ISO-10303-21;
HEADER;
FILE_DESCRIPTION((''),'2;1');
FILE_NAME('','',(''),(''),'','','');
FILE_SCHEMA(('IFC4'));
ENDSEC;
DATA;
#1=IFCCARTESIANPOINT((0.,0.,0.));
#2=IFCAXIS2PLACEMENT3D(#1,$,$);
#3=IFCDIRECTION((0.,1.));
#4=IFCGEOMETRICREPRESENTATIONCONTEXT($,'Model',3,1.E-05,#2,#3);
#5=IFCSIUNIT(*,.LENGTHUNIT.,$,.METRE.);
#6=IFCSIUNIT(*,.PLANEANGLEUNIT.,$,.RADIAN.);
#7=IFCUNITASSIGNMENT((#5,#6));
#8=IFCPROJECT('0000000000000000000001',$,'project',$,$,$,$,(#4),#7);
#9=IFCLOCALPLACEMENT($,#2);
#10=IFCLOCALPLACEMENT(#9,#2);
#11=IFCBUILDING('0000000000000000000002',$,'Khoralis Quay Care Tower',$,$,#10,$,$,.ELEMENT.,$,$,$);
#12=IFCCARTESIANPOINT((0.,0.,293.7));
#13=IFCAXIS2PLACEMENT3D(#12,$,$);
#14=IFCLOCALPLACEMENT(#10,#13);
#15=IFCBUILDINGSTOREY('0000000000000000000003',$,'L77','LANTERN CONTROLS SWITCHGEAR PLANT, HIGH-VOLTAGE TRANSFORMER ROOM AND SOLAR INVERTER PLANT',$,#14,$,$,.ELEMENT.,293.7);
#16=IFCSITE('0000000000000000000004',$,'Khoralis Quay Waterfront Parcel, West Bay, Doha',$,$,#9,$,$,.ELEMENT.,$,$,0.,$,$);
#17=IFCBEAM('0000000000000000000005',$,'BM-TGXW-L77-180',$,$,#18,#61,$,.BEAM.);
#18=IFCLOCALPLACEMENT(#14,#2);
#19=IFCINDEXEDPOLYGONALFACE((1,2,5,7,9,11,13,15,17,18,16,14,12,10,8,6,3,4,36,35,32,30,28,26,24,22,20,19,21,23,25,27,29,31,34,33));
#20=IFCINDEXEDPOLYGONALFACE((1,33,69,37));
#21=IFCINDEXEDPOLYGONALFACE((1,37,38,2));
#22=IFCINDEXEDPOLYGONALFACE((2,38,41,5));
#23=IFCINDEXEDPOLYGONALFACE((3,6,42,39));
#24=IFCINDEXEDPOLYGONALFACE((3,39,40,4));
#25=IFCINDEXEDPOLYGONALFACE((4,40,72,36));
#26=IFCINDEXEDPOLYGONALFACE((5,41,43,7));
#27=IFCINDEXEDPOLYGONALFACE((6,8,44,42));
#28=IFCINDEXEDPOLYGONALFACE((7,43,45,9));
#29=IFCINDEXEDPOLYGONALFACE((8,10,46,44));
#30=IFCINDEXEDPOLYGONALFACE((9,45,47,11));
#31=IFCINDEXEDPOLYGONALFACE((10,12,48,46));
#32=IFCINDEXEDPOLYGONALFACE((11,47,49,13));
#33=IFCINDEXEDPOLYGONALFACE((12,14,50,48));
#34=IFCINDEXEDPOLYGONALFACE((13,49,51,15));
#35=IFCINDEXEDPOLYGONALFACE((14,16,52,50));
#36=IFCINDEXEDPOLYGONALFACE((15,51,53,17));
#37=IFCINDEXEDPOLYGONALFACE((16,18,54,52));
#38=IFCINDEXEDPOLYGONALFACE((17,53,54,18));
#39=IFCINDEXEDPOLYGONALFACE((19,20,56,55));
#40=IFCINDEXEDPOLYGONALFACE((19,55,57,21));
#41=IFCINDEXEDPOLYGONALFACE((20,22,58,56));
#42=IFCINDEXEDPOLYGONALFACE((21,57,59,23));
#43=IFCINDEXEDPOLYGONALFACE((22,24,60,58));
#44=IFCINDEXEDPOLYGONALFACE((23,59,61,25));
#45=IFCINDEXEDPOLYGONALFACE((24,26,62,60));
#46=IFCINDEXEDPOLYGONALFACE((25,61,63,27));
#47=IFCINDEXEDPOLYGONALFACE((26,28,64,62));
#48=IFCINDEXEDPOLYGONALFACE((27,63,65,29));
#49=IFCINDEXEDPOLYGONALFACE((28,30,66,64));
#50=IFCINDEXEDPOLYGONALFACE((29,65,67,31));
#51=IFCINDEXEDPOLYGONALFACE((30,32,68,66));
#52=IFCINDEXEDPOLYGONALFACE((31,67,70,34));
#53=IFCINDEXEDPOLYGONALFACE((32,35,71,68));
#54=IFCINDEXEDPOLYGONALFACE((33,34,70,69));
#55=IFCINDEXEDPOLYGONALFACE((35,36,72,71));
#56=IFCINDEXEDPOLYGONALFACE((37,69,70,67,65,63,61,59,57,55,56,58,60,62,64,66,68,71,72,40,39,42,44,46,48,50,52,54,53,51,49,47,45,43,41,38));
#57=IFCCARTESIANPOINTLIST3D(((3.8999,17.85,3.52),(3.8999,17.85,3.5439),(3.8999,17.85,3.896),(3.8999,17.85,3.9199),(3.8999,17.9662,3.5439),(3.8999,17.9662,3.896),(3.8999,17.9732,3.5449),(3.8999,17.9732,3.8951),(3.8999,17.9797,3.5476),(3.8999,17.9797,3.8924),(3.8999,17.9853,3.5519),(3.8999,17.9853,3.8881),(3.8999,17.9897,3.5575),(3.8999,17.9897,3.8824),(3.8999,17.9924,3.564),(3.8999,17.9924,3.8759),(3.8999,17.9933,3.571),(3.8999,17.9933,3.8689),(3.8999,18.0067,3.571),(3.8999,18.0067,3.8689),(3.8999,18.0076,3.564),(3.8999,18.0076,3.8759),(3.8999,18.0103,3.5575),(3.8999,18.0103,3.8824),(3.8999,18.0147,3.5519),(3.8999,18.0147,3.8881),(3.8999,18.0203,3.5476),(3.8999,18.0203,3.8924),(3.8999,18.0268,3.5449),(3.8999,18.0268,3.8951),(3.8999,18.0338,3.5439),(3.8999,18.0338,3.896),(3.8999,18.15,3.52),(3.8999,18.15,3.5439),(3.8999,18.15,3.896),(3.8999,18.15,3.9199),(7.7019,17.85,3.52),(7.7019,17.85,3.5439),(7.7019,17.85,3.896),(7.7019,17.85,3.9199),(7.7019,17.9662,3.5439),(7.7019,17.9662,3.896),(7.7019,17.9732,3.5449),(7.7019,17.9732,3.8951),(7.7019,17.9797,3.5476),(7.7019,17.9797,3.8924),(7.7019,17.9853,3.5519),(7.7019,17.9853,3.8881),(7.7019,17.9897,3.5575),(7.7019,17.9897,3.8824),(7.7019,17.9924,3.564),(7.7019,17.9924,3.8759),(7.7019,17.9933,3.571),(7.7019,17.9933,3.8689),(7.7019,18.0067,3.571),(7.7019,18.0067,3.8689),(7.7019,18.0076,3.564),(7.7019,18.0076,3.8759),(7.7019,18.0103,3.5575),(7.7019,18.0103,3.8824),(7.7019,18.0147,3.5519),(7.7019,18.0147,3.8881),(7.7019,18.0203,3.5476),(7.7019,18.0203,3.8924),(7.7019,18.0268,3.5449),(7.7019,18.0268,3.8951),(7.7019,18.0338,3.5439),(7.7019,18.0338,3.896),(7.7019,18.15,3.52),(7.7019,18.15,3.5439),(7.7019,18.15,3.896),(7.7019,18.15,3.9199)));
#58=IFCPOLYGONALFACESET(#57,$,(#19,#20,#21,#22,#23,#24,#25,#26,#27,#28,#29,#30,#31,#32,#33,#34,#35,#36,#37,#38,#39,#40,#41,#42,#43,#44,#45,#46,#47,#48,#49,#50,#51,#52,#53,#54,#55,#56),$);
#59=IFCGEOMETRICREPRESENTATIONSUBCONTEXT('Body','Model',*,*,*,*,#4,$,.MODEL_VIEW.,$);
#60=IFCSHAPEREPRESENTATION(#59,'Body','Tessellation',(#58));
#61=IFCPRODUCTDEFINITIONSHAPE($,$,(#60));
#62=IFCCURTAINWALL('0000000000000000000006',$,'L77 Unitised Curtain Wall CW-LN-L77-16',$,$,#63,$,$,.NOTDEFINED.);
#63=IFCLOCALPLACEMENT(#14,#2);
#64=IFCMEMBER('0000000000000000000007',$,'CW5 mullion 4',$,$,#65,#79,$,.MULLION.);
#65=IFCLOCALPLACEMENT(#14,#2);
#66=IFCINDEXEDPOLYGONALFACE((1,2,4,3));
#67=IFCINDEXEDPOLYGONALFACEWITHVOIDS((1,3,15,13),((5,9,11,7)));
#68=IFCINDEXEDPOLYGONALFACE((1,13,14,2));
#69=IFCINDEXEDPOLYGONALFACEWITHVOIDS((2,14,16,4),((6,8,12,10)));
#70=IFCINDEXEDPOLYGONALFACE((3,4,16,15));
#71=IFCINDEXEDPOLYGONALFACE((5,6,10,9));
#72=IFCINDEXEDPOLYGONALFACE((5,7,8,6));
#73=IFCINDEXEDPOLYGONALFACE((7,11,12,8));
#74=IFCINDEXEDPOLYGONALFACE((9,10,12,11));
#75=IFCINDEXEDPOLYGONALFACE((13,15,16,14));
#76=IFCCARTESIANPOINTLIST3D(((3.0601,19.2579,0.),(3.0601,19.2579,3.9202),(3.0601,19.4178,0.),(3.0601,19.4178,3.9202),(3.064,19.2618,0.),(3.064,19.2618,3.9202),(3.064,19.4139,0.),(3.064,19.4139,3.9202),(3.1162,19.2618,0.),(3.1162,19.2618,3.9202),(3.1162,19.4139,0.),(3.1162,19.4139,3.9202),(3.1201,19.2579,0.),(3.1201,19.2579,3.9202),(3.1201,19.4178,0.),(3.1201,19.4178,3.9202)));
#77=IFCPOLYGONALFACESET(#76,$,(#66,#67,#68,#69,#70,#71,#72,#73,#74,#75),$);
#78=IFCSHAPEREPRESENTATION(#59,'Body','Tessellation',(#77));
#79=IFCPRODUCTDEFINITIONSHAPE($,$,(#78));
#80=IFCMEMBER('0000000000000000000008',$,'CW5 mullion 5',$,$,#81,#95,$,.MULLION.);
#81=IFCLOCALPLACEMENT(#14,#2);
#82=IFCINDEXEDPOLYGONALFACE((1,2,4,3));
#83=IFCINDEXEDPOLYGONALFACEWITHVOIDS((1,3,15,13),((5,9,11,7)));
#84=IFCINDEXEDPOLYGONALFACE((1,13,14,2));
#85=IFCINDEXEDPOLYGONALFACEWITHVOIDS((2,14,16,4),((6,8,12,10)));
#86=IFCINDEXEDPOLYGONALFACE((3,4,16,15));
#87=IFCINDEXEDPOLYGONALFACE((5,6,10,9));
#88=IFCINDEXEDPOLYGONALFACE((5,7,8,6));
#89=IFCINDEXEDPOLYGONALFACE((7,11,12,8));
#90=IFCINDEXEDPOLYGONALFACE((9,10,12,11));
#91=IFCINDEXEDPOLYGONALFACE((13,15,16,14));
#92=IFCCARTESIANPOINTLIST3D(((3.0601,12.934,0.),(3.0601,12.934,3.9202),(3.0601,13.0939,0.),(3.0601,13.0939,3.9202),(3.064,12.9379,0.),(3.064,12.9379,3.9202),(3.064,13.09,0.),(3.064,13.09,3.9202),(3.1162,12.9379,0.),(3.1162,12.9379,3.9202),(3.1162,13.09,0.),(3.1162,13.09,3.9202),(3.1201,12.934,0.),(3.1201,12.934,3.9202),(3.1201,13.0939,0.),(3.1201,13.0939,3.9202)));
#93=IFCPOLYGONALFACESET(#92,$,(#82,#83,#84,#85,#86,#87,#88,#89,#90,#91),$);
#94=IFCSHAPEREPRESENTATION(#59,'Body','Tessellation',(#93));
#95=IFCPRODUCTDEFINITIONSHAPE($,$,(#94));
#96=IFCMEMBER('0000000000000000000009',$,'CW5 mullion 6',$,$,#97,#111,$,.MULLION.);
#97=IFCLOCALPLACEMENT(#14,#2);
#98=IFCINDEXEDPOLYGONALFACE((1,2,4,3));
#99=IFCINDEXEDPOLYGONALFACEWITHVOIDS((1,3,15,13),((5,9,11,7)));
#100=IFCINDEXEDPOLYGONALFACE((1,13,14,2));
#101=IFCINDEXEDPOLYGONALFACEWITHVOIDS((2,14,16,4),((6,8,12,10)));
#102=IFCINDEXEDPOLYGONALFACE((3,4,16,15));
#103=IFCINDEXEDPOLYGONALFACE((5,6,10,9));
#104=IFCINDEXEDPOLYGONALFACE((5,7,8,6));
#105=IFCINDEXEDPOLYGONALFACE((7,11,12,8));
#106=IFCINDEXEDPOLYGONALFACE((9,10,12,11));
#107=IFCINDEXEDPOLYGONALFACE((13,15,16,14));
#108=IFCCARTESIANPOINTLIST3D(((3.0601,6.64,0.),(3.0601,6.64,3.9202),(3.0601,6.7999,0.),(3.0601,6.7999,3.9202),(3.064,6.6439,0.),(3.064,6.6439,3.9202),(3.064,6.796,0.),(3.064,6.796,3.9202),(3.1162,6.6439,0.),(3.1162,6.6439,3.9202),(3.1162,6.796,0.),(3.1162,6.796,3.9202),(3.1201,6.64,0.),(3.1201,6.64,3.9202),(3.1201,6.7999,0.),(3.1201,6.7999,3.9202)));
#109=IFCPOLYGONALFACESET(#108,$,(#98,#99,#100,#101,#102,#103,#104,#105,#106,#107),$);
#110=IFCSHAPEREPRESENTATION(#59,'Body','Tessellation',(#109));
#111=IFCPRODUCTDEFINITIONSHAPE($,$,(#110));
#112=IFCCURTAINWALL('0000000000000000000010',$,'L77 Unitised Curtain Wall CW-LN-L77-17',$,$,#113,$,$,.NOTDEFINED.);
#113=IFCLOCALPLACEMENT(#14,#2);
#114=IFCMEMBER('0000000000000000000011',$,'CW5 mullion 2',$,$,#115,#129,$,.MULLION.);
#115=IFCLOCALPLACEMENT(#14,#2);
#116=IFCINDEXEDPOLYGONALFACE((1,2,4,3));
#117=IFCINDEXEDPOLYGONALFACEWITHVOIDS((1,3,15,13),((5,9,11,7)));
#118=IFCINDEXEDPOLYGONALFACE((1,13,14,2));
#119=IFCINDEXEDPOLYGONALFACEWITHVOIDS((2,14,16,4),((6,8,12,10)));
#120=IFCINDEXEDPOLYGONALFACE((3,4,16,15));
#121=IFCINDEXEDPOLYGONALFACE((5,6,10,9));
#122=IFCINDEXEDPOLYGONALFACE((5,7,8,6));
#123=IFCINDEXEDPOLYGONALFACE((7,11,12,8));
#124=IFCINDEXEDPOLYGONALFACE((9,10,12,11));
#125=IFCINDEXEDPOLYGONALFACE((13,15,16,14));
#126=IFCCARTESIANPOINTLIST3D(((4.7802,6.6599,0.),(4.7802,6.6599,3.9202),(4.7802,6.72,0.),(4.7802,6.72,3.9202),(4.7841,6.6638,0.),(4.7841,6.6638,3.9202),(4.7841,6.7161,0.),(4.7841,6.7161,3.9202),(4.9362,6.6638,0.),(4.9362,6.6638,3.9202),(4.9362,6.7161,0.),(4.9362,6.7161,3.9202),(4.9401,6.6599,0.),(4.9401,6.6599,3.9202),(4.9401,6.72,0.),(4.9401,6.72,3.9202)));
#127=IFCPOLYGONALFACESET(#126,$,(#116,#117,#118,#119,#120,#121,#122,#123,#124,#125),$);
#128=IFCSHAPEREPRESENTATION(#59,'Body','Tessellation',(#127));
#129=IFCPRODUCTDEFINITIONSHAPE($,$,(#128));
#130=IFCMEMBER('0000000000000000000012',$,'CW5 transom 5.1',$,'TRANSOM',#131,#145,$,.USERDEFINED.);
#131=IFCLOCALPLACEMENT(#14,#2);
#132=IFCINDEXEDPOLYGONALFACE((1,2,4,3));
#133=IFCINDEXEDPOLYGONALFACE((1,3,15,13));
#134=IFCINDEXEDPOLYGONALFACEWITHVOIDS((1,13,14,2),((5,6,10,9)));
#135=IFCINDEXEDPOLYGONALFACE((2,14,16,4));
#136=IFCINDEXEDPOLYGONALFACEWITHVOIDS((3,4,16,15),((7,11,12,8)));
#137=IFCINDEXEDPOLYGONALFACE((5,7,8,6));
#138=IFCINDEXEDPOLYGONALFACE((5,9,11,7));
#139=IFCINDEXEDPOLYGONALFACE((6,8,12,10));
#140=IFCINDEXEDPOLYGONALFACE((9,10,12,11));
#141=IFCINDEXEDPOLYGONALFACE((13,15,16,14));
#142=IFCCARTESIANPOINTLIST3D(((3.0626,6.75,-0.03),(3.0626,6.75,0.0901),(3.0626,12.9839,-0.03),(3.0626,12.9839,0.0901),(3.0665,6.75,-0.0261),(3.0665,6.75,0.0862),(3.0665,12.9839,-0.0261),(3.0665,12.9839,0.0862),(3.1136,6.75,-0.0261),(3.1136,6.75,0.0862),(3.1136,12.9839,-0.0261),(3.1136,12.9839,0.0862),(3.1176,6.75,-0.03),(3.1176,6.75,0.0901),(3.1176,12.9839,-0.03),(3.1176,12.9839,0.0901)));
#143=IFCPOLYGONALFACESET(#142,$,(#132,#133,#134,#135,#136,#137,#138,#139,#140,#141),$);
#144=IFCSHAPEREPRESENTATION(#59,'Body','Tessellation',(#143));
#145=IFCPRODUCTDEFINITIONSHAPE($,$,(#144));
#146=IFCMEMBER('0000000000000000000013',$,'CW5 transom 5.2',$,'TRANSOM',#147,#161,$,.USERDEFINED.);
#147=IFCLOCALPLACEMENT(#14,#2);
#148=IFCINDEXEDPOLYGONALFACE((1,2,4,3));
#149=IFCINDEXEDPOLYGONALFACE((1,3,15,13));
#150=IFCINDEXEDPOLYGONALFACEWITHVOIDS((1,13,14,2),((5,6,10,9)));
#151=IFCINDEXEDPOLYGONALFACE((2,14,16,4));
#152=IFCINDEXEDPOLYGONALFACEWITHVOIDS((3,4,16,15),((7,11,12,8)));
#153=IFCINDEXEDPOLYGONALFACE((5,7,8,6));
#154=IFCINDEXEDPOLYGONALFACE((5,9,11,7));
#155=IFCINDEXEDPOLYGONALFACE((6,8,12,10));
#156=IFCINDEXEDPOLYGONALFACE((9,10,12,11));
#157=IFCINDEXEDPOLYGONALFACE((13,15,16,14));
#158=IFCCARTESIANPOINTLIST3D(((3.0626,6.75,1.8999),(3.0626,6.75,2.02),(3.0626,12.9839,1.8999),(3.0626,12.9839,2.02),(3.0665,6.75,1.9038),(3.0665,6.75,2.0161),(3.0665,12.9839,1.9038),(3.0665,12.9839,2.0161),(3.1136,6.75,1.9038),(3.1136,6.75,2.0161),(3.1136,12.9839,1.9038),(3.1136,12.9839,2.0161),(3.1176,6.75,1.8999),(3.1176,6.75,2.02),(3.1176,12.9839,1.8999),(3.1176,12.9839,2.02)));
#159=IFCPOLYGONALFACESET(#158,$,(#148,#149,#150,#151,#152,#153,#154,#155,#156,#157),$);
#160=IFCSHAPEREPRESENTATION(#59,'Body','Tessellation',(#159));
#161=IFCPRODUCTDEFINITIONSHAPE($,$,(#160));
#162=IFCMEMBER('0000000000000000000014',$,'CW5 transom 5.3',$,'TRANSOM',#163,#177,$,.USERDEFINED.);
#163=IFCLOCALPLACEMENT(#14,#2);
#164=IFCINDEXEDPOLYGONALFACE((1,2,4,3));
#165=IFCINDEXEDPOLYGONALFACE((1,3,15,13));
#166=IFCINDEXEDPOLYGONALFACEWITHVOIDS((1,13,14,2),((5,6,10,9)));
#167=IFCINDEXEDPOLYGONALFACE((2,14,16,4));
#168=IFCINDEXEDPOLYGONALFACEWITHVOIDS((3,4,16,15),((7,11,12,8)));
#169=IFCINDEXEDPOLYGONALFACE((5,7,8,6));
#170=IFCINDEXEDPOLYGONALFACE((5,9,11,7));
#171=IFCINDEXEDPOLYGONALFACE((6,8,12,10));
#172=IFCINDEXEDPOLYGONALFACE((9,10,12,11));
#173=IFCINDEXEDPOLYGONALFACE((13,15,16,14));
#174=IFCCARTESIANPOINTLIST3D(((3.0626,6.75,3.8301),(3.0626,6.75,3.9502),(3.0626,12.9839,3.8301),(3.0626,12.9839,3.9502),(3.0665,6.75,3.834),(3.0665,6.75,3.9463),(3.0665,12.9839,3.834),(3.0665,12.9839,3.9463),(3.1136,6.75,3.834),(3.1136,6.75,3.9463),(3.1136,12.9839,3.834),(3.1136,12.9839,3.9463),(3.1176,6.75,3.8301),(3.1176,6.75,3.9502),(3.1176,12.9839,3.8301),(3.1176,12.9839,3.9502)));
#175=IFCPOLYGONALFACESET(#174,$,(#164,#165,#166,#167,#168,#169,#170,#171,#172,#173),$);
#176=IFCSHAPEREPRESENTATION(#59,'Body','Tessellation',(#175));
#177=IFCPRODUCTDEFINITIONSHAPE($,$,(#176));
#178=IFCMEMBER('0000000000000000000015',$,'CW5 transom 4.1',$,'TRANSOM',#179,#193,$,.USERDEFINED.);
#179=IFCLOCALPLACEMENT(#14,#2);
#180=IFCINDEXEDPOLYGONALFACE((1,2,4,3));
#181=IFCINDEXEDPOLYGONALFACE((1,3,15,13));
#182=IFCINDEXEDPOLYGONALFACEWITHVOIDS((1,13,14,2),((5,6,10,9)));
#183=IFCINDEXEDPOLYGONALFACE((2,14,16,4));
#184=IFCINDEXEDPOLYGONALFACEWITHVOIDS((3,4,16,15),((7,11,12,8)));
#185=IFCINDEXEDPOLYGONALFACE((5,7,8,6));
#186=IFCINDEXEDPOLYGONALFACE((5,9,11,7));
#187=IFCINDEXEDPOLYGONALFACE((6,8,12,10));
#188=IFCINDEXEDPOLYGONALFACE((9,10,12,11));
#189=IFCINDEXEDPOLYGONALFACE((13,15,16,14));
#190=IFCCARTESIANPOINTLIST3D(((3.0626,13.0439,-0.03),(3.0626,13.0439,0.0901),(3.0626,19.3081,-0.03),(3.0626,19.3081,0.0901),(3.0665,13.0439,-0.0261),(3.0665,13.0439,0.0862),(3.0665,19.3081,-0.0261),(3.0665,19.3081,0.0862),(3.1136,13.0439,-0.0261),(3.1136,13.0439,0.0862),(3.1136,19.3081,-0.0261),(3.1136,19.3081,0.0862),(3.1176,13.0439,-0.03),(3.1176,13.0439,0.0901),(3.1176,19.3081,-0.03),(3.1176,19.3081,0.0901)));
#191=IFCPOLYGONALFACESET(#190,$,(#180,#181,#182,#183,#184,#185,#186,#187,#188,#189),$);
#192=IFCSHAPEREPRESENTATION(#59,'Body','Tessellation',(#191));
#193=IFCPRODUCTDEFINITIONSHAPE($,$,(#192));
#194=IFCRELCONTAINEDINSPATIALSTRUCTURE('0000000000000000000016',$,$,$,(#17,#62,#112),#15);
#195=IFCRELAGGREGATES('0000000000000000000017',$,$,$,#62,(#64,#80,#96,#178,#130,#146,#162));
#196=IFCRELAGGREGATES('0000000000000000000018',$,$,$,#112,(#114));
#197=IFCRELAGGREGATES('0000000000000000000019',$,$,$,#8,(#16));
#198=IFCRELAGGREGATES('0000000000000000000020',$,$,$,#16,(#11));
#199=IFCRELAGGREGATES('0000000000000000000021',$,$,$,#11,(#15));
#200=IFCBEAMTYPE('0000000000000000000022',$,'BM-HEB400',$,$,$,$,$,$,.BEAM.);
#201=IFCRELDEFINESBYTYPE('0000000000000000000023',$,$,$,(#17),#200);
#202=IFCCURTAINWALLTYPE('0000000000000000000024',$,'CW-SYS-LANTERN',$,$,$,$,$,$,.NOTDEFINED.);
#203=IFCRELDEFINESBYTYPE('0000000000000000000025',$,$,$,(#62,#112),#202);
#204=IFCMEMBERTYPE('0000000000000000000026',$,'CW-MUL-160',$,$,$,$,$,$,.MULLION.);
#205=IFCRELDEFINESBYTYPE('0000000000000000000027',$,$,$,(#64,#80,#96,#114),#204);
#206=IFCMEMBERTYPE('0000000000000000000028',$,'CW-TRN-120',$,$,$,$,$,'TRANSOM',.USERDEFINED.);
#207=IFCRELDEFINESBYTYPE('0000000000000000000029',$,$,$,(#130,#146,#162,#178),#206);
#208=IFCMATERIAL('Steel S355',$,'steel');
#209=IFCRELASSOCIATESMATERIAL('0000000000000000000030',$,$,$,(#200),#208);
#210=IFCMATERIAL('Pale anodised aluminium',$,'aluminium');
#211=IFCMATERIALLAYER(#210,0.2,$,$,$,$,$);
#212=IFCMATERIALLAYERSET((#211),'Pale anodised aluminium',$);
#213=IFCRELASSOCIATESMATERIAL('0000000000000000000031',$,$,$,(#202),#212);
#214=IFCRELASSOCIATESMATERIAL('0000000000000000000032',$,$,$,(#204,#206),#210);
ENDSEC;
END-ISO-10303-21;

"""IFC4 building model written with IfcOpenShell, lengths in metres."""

from ifc_helpers import new_model, si_unit, direction, frame, origin, origin_2d, place, context, subcontext, project, spatial, hollow_rectangle, i_section, extrude, source, transform, mapped, material, layer, layer_set, material_profile, profile_set, type_object, element, aggregate, save


model = new_model("IFC4")

# Units and contexts
model_context = context("Model", 3, precision=1e-05, world=origin(), true_north=direction((0.0, 1.0)))
body_context = subcontext(model_context, "Body", "Model", "MODEL_VIEW")
ifc_project = project(units=[si_unit("LENGTHUNIT", "METRE"), si_unit("PLANEANGLEUNIT", "RADIAN")], contexts=[model_context])

# Site, building, storey
site_placement = place(None, origin())
site = spatial("IfcSite", under=ifc_project, at=site_placement, Name="Khoralis Quay Waterfront Parcel, West Bay, Doha", CompositionType="ELEMENT", RefElevation=0.0)
building_placement = place(site_placement, origin())
building = spatial("IfcBuilding", under=site, at=building_placement, Name="Khoralis Quay Care Tower", CompositionType="ELEMENT")
storey_placement = place(building_placement, frame((0.0, 0.0, 293.7)))
storey = spatial("IfcBuildingStorey", under=building, at=storey_placement, Name="L77", Description="LANTERN CONTROLS SWITCHGEAR PLANT, HIGH-VOLTAGE TRANSFORMER ROOM AND SOLAR INVERTER PLANT", CompositionType="ELEMENT", Elevation=293.7)

# Beam
ifc_material_1 = material(Name="Steel S355", Category="steel")
ifc_material_profile_1 = material_profile(ifc_material_1, i_section(OverallWidth=0.3, OverallDepth=0.3999, WebThickness=0.0134, FlangeThickness=0.0239, FilletRadius=0.0271, at=origin_2d()), Name="Steel S355")
ifc_profile_set_1 = profile_set([ifc_material_profile_1], Name="Steel S355")
beam_type_1 = type_object("IfcBeamType", Name="BM-HEB400", PredefinedType="BEAM", material=ifc_profile_set_1)
shared_shape_1 = source(origin(), body_context, "Body", "SweptSolid", [
    extrude(i_section(OverallWidth=0.3, OverallDepth=0.3999, WebThickness=0.0134, FlangeThickness=0.0239, FilletRadius=0.0271, at=origin_2d()), origin(), (0.0, 0.0, 1.0), 3.802),
])
beam_1_placement = place(storey_placement, frame((3.8999, 18.0, 3.72), z_axis=(1.0, 0.0, 0.0), x_axis=(0.0, 1.0, 0.0)))
element("IfcBeam", 1, at=beam_1_placement, inside=storey, type_object=beam_type_1, Name="BM-TGXW-L77-180", PredefinedType="BEAM", context=body_context, shape_type="MappedRepresentation", body=[
    mapped(shared_shape_1, transform((0.0, 0.0, 0.0), scale=1.0)),
])

# Curtain wall, members
ifc_material_2 = material(Name="Pale anodised aluminium", Category="aluminium")
ifc_layer_1 = layer(ifc_material_2, 0.2)
ifc_layer_set_1 = layer_set([ifc_layer_1], Name="Pale anodised aluminium")
curtain_wall_type = type_object("IfcCurtainWallType", Name="CW-SYS-LANTERN", PredefinedType="NOTDEFINED", material=ifc_layer_set_1)
curtain_wall_1_placement = place(storey_placement, origin())
curtain_wall_1 = element("IfcCurtainWall", 2, at=curtain_wall_1_placement, inside=storey, type_object=curtain_wall_type, Name="L77 Unitised Curtain Wall CW-LN-L77-16", PredefinedType="NOTDEFINED")
ifc_material_profile_2 = material_profile(ifc_material_2, hollow_rectangle(XDim=0.0601, YDim=0.1599, WallThickness=0.0039, at=origin_2d()), Name="Pale anodised aluminium")
ifc_profile_set_2 = profile_set([ifc_material_profile_2], Name="Pale anodised aluminium")
member_type_1 = type_object("IfcMemberType", Name="CW-MUL-160", PredefinedType="MULLION", material=ifc_profile_set_2)
shared_shape_2 = source(origin(), body_context, "Body", "SweptSolid", [
    extrude(hollow_rectangle(XDim=0.0601, YDim=0.1599, WallThickness=0.0039, at=origin_2d()), origin(), (0.0, 0.0, 1.0), 3.9202),
])
member_1_placement = place(storey_placement, frame((3.0901, 19.3379, 0.0), z_axis=(0.0, 0.0, 1.0), x_axis=(1.0, 0.0, 0.0)))
member_1 = element("IfcMember", 3, at=member_1_placement, type_object=member_type_1, Name="CW5 mullion 4", PredefinedType="MULLION", context=body_context, shape_type="MappedRepresentation", body=[
    mapped(shared_shape_2, transform((0.0, 0.0, 0.0), scale=1.0)),
])
member_2_placement = place(storey_placement, frame((3.0901, 13.0139, 0.0), z_axis=(0.0, 0.0, 1.0), x_axis=(1.0, 0.0, 0.0)))
member_2 = element("IfcMember", 4, at=member_2_placement, type_object=member_type_1, Name="CW5 mullion 5", PredefinedType="MULLION", context=body_context, shape_type="MappedRepresentation", body=[
    mapped(shared_shape_2, transform((0.0, 0.0, 0.0), scale=1.0)),
])
member_3_placement = place(storey_placement, frame((3.0901, 6.72, 0.0), z_axis=(0.0, 0.0, 1.0), x_axis=(1.0, 0.0, 0.0)))
member_3 = element("IfcMember", 5, at=member_3_placement, type_object=member_type_1, Name="CW5 mullion 6", PredefinedType="MULLION", context=body_context, shape_type="MappedRepresentation", body=[
    mapped(shared_shape_2, transform((0.0, 0.0, 0.0), scale=1.0)),
])

# Curtain wall, member
curtain_wall_2_placement = place(storey_placement, origin())
curtain_wall_2 = element("IfcCurtainWall", 6, at=curtain_wall_2_placement, inside=storey, type_object=curtain_wall_type, Name="L77 Unitised Curtain Wall CW-LN-L77-17", PredefinedType="NOTDEFINED")
member_4_placement = place(storey_placement, frame((4.8601, 6.6899, 0.0), z_axis=(0.0, 0.0, 1.0), x_axis=(0.0, 1.0, 0.0)))
member_4 = element("IfcMember", 7, at=member_4_placement, type_object=member_type_1, Name="CW5 mullion 2", PredefinedType="MULLION", context=body_context, shape_type="MappedRepresentation", body=[
    mapped(shared_shape_2, transform((0.0, 0.0, 0.0), scale=1.0)),
])

# Members
ifc_material_profile_3 = material_profile(ifc_material_2, hollow_rectangle(XDim=0.0549, YDim=0.1201, WallThickness=0.0039, at=origin_2d()), Name="Pale anodised aluminium")
ifc_profile_set_3 = profile_set([ifc_material_profile_3], Name="Pale anodised aluminium")
member_type_2 = type_object("IfcMemberType", Name="CW-TRN-120", ElementType="TRANSOM", PredefinedType="USERDEFINED", material=ifc_profile_set_3)
shared_shape_3 = source(origin(), body_context, "Body", "SweptSolid", [
    extrude(hollow_rectangle(XDim=0.0549, YDim=0.1201, WallThickness=0.0039, at=origin_2d()), origin(), (0.0, 0.0, 1.0), 6.2339),
])
member_5_placement = place(storey_placement, frame((3.0901, 12.9839, 0.03), z_axis=(0.0, -1.0, 0.0), x_axis=(1.0, 0.0, 0.0)))
member_5 = element("IfcMember", 8, at=member_5_placement, type_object=member_type_2, Name="CW5 transom 5.1", ObjectType="TRANSOM", PredefinedType="USERDEFINED", context=body_context, shape_type="MappedRepresentation", body=[
    mapped(shared_shape_3, transform((0.0, 0.0, 0.0), scale=1.0)),
])
member_6_placement = place(storey_placement, frame((3.0901, 12.9839, 1.96), z_axis=(0.0, -1.0, 0.0), x_axis=(1.0, 0.0, 0.0)))
member_6 = element("IfcMember", 9, at=member_6_placement, type_object=member_type_2, Name="CW5 transom 5.2", ObjectType="TRANSOM", PredefinedType="USERDEFINED", context=body_context, shape_type="MappedRepresentation", body=[
    mapped(shared_shape_3, transform((0.0, 0.0, 0.0), scale=1.0)),
])
member_7_placement = place(storey_placement, frame((3.0901, 12.9839, 3.8901), z_axis=(0.0, -1.0, 0.0), x_axis=(1.0, 0.0, 0.0)))
member_7 = element("IfcMember", 10, at=member_7_placement, type_object=member_type_2, Name="CW5 transom 5.3", ObjectType="TRANSOM", PredefinedType="USERDEFINED", context=body_context, shape_type="MappedRepresentation", body=[
    mapped(shared_shape_3, transform((0.0, 0.0, 0.0), scale=1.0)),
])
shared_shape_4 = source(origin(), body_context, "Body", "SweptSolid", [
    extrude(hollow_rectangle(XDim=0.0549, YDim=0.1201, WallThickness=0.0039, at=origin_2d()), origin(), (0.0, 0.0, 1.0), 6.2642),
])
member_8_placement = place(storey_placement, frame((3.0901, 19.3081, 0.03), z_axis=(0.0, -1.0, 0.0), x_axis=(1.0, 0.0, 0.0)))
member_8 = element("IfcMember", 11, at=member_8_placement, type_object=member_type_2, Name="CW5 transom 4.1", ObjectType="TRANSOM", PredefinedType="USERDEFINED", context=body_context, shape_type="MappedRepresentation", body=[
    mapped(shared_shape_4, transform((0.0, 0.0, 0.0), scale=1.0)),
])

aggregate(curtain_wall_1, [member_1, member_2, member_3, member_8, member_5, member_6, member_7])
aggregate(curtain_wall_2, [member_4])

save(model, "model.ifc")
